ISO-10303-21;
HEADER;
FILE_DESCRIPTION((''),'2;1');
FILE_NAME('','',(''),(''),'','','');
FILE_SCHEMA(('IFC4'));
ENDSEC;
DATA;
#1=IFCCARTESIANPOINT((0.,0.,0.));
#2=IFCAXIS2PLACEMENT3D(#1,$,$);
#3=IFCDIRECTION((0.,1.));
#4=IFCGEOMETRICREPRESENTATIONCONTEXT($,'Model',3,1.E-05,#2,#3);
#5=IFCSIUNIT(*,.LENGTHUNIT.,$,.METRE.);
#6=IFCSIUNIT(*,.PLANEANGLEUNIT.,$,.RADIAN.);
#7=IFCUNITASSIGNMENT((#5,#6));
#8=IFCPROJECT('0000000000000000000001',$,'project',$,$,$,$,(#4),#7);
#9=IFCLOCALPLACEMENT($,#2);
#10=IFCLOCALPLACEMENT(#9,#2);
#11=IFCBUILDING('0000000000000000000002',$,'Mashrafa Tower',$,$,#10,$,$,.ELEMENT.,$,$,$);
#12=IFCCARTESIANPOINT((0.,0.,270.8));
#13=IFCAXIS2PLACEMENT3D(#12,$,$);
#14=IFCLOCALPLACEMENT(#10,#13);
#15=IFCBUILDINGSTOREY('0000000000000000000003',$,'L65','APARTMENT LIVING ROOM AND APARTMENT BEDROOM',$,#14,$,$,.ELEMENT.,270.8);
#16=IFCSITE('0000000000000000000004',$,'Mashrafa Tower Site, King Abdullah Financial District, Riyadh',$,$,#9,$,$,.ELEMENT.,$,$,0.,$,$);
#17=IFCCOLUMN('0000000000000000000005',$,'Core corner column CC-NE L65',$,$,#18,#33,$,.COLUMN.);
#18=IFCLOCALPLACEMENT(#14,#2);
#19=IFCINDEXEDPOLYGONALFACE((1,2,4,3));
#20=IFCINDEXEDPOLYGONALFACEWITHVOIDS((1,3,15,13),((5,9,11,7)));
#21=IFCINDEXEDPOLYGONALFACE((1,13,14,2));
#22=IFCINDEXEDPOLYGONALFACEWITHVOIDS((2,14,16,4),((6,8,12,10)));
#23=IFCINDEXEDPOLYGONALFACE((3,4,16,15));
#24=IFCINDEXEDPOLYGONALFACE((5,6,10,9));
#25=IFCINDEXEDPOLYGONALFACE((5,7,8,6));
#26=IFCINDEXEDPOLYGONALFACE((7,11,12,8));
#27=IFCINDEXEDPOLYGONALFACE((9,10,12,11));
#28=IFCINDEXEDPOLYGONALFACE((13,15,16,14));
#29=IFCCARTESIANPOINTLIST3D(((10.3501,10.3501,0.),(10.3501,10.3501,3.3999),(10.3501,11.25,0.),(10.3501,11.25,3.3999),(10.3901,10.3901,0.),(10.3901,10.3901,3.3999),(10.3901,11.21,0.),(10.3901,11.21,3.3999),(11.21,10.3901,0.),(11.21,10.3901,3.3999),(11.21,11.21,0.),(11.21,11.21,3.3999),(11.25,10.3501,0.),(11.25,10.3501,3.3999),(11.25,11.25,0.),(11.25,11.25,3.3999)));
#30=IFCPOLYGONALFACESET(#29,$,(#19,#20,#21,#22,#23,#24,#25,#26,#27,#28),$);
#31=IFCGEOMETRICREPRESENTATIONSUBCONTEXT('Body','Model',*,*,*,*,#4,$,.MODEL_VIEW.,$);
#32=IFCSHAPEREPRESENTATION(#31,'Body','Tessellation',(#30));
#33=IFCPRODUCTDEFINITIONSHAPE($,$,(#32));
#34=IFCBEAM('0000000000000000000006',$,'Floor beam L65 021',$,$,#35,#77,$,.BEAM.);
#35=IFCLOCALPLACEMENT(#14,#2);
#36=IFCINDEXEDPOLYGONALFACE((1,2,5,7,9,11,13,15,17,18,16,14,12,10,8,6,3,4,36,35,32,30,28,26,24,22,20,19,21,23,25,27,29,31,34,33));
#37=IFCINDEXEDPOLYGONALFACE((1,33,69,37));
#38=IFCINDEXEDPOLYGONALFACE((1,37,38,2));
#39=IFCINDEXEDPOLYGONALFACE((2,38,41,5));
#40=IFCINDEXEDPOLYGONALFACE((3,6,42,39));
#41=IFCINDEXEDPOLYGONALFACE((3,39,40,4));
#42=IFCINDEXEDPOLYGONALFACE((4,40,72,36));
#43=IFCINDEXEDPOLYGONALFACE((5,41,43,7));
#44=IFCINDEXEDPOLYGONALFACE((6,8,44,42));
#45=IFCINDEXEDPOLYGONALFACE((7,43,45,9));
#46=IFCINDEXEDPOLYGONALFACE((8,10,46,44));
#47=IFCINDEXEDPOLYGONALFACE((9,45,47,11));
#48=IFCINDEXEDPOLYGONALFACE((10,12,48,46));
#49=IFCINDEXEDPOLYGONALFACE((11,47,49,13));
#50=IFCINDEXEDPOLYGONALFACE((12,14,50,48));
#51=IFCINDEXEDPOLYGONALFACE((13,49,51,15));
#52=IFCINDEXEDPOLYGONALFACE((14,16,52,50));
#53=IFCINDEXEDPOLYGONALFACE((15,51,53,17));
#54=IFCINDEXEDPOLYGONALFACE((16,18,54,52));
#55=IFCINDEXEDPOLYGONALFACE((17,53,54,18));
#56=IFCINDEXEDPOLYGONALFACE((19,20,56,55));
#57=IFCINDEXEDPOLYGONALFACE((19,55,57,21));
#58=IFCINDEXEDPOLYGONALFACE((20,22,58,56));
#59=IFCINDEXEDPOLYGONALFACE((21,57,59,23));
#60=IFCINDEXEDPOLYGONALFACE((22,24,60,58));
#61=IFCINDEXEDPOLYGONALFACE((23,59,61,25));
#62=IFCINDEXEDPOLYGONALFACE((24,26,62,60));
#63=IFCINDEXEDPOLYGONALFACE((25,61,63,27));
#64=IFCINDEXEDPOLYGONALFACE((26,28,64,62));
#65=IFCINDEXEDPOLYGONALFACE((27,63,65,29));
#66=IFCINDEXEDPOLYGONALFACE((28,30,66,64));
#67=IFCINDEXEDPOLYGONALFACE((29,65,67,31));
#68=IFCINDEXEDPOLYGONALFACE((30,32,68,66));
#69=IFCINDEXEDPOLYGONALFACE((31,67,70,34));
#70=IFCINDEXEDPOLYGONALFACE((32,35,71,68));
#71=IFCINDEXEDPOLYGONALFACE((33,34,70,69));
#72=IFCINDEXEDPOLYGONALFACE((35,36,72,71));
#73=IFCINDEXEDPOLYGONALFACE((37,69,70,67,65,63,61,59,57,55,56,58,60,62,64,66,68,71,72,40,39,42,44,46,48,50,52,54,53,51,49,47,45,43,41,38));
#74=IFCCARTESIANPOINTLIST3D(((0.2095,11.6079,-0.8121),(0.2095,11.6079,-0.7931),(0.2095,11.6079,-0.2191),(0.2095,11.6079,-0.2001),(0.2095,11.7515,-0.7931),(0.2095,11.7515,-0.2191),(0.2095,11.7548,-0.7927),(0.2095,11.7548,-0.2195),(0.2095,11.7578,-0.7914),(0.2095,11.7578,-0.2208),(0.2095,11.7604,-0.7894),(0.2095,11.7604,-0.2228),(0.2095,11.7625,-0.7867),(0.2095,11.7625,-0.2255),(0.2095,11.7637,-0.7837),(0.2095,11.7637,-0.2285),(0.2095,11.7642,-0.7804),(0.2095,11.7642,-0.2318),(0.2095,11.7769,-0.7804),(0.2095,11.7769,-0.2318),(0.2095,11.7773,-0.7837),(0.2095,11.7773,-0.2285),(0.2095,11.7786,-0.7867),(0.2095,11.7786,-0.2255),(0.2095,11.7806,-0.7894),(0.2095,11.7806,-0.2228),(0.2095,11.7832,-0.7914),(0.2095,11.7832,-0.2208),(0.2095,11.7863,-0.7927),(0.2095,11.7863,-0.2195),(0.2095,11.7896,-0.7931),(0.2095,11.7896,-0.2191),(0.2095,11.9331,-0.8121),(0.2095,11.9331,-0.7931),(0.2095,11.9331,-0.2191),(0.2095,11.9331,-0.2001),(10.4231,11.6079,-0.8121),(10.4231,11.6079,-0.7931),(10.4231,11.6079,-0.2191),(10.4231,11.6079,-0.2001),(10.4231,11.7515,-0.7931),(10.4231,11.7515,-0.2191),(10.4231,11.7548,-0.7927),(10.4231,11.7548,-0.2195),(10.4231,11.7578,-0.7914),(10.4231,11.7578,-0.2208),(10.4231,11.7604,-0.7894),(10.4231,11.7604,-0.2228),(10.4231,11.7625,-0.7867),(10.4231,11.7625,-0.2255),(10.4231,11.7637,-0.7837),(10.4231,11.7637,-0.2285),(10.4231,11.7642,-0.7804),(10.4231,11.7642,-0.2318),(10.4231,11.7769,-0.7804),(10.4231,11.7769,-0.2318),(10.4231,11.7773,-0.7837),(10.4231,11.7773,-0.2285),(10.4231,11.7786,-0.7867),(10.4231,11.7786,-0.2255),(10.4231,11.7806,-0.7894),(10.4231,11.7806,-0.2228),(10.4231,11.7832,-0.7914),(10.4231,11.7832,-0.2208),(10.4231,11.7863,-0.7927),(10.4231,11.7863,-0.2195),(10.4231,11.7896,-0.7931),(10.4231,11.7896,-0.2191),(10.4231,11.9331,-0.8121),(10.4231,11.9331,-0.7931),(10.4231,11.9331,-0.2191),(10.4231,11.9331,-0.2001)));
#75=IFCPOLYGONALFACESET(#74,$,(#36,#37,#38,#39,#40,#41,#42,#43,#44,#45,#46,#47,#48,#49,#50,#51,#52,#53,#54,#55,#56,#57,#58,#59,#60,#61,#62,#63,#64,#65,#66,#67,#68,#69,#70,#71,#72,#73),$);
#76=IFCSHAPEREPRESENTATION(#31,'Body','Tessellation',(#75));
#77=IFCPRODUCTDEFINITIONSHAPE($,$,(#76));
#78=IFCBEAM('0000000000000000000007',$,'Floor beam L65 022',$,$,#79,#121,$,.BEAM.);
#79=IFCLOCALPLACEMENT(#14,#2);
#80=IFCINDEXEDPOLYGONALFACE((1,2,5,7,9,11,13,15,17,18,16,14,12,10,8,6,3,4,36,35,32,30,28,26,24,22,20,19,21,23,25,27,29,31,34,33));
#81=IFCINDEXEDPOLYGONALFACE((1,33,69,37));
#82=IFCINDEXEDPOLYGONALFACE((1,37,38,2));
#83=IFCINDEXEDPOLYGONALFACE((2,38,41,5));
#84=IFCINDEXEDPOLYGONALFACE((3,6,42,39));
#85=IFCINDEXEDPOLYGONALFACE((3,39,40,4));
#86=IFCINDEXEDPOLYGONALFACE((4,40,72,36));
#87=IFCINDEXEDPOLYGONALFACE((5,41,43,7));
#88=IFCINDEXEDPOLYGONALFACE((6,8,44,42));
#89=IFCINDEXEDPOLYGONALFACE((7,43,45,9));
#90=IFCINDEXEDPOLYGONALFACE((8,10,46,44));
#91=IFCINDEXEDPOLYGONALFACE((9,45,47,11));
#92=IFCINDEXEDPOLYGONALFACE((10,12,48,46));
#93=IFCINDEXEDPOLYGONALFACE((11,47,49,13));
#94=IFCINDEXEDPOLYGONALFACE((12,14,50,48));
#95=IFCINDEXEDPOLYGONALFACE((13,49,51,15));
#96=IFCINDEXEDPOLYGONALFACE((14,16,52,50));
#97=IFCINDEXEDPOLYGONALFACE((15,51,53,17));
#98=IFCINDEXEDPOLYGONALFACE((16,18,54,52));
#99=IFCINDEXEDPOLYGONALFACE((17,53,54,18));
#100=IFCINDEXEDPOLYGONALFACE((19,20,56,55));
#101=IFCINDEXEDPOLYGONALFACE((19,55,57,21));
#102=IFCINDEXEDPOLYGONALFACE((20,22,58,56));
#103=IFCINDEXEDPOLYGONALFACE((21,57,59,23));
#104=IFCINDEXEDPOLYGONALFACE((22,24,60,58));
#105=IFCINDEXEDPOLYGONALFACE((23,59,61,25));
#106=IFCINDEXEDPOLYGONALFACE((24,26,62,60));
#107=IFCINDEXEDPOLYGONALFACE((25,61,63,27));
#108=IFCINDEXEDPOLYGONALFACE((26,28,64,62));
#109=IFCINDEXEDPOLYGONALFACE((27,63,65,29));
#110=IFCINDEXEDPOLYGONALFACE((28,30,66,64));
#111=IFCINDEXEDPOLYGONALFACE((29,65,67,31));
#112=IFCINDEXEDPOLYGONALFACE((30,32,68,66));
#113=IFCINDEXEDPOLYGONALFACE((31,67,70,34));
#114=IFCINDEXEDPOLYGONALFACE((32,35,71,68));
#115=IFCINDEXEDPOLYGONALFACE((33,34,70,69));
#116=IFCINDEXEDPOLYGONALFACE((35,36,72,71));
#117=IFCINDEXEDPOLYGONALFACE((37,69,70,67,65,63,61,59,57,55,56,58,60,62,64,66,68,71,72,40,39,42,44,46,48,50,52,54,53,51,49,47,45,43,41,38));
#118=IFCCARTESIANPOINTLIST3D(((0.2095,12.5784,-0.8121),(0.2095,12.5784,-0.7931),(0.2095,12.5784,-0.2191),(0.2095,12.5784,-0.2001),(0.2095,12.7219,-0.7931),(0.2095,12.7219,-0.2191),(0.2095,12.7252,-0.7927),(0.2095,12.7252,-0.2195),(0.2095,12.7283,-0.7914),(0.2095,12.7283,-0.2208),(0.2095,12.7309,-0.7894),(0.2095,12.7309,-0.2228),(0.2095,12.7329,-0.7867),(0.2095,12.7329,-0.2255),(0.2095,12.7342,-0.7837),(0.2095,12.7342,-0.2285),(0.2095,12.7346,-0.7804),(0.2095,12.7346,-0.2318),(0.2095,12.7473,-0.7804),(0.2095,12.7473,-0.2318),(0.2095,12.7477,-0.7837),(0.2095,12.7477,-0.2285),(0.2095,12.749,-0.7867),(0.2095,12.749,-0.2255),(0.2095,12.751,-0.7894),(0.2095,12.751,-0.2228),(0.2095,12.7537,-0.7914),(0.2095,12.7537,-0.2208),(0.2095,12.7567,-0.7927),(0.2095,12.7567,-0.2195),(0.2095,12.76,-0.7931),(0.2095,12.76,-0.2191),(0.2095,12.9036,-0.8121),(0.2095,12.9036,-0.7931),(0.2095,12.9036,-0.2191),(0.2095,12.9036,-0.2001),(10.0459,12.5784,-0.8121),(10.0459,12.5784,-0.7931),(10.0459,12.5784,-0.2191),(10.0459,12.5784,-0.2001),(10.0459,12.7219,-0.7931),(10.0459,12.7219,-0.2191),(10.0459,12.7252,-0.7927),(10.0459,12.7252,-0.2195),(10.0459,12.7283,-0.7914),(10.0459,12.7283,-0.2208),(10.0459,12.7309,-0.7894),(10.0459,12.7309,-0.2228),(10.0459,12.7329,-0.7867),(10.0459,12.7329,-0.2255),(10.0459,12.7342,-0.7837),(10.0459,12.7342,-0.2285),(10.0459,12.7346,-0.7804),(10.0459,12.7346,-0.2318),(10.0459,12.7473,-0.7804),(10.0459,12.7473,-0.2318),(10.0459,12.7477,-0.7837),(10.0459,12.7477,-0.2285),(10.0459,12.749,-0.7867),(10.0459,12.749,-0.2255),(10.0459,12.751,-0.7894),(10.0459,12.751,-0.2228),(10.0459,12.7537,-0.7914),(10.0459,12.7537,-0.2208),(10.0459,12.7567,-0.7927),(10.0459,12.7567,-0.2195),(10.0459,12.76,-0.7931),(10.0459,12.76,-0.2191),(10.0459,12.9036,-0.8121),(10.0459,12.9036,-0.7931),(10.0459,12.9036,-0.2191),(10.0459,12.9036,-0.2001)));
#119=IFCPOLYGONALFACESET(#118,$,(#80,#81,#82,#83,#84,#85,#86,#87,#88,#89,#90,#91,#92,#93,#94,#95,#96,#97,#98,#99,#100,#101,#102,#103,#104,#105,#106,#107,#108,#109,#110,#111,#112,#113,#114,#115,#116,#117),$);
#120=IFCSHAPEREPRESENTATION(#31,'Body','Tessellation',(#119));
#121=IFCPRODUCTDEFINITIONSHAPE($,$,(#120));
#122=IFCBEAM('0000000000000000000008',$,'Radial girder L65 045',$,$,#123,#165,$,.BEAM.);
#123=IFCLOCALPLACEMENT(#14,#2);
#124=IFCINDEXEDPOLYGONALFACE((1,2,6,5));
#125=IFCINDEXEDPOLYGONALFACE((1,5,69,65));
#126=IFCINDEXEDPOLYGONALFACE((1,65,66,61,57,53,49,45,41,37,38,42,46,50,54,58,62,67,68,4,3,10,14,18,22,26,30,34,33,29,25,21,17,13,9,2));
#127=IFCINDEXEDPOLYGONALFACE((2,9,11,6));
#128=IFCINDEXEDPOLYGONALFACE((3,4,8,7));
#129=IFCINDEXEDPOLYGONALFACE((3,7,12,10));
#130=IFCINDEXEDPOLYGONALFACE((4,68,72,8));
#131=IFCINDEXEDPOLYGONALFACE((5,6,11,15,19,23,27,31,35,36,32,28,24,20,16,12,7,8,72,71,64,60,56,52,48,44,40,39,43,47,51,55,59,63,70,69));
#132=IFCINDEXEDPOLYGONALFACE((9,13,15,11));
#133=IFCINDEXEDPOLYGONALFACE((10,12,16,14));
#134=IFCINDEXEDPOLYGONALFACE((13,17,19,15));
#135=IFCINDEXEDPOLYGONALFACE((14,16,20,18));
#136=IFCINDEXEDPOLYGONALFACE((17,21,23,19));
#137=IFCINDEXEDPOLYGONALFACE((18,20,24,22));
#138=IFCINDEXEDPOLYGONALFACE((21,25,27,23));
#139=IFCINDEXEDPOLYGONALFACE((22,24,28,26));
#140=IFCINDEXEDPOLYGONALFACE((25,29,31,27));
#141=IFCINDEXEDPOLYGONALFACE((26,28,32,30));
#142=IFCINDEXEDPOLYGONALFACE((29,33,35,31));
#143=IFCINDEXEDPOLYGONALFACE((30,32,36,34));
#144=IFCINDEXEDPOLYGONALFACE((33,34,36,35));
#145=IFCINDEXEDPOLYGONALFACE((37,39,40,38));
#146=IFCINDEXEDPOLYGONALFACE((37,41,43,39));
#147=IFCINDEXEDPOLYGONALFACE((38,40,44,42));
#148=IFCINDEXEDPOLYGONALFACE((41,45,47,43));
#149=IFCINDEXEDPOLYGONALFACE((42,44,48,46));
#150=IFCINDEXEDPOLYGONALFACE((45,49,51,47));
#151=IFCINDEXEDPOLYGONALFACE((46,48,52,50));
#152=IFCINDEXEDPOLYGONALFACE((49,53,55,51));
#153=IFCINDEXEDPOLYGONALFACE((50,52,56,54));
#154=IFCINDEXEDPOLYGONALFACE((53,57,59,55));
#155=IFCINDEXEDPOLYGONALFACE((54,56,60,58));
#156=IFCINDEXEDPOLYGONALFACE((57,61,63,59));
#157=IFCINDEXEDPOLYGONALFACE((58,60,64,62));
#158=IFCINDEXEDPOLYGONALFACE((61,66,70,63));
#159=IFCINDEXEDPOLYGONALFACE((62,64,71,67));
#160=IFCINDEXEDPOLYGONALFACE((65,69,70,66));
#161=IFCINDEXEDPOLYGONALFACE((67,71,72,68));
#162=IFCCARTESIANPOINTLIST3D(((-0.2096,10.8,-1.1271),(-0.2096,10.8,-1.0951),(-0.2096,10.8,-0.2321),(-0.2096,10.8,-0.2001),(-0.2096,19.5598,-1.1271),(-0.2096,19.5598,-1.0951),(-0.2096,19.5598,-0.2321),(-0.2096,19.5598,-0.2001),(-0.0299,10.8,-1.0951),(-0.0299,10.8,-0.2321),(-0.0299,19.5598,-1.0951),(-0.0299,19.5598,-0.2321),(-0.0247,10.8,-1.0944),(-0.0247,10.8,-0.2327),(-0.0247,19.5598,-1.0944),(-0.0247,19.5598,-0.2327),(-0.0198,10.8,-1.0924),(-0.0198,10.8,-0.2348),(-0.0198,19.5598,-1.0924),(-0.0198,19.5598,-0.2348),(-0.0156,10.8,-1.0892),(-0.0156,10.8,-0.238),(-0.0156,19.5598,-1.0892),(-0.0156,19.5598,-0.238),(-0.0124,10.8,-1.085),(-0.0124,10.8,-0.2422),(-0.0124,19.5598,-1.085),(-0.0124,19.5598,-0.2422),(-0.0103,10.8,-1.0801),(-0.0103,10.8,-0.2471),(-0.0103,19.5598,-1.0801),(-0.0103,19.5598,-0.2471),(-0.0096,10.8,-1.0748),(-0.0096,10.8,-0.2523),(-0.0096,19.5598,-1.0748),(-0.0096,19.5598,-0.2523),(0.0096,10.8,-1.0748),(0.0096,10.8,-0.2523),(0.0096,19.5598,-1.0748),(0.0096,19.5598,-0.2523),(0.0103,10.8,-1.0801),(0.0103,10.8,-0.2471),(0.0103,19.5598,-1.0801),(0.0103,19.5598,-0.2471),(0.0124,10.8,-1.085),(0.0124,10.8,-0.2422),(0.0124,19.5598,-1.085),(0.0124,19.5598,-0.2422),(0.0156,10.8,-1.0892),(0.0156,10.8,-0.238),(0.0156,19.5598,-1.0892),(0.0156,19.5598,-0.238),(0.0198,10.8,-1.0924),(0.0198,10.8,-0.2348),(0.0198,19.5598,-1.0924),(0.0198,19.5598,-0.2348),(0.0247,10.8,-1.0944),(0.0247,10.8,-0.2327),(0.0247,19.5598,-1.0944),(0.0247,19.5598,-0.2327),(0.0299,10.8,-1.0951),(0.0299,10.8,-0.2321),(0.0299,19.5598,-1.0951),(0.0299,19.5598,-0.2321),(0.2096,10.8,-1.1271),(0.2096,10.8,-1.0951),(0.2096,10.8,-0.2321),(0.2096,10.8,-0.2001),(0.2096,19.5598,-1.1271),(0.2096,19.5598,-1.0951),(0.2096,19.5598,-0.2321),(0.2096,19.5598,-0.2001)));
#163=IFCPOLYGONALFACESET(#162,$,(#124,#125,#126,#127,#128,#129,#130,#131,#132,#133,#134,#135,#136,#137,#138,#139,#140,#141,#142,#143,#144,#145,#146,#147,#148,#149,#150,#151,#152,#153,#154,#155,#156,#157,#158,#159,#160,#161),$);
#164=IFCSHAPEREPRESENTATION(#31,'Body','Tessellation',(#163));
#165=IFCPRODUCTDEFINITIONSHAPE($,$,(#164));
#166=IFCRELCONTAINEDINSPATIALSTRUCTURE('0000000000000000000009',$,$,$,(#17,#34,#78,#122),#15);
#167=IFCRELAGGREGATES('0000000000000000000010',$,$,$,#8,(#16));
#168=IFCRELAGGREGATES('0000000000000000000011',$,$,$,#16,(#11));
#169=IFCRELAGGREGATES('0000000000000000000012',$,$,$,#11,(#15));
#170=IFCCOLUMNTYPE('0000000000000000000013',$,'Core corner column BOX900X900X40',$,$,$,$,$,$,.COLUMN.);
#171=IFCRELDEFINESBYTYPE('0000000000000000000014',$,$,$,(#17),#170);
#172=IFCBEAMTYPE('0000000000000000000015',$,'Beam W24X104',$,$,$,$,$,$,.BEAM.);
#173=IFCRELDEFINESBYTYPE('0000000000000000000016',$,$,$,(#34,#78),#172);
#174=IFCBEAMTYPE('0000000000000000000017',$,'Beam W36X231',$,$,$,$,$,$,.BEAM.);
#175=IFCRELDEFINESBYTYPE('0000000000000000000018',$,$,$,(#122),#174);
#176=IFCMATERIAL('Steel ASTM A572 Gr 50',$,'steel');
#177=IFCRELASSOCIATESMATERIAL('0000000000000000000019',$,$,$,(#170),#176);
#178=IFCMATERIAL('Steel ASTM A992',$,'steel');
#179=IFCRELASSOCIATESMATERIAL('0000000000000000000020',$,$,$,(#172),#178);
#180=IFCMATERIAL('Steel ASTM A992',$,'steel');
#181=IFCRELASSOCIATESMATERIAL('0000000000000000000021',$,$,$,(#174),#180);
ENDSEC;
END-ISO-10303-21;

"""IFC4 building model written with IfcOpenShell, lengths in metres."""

from ifc_helpers import new_model, si_unit, direction, frame, origin, origin_2d, place, context, subcontext, project, spatial, hollow_rectangle, i_section, extrude, material, material_profile, profile_set, type_object, element, save


model = new_model("IFC4")

# Units and contexts
model_context = context("Model", 3, precision=1e-05, world=origin(), true_north=direction((0.0, 1.0)))
body_context = subcontext(model_context, "Body", "Model", "MODEL_VIEW")
ifc_project = project(units=[si_unit("LENGTHUNIT", "METRE"), si_unit("PLANEANGLEUNIT", "RADIAN")], contexts=[model_context])

# Site, building, storey
site_placement = place(None, origin())
site = spatial("IfcSite", under=ifc_project, at=site_placement, Name="Mashrafa Tower Site, King Abdullah Financial District, Riyadh", CompositionType="ELEMENT", RefElevation=0.0)
building_placement = place(site_placement, origin())
building = spatial("IfcBuilding", under=site, at=building_placement, Name="Mashrafa Tower", CompositionType="ELEMENT")
storey_placement = place(building_placement, frame((0.0, 0.0, 270.8)))
storey = spatial("IfcBuildingStorey", under=building, at=storey_placement, Name="L65", Description="APARTMENT LIVING ROOM AND APARTMENT BEDROOM", CompositionType="ELEMENT", Elevation=270.8)

# Column
ifc_material_1 = material(Name="Steel ASTM A572 Gr 50", Category="steel")
ifc_material_profile_1 = material_profile(ifc_material_1, hollow_rectangle(XDim=0.8999, YDim=0.8999, WallThickness=0.04, at=origin_2d()), Name="BOX900X900X40")
ifc_profile_set_1 = profile_set([ifc_material_profile_1], Name="Steel ASTM A572 Gr 50")
column_type = type_object("IfcColumnType", Name="Core corner column BOX900X900X40", PredefinedType="COLUMN", material=ifc_profile_set_1)
column_placement = place(storey_placement, frame((10.8, 10.8, 0.0), z_axis=(0.0, 0.0, 1.0), x_axis=(1.0, 0.0, 0.0)))
element("IfcColumn", 1, at=column_placement, inside=storey, type_object=column_type, Name="Core corner column CC-NE L65", PredefinedType="COLUMN", context=body_context, shape_type="SweptSolid", body=[
    extrude(hollow_rectangle(XDim=0.8999, YDim=0.8999, WallThickness=0.04, at=origin_2d()), origin(), (0.0, 0.0, 1.0), 3.3999),
])

# Beams
ifc_material_2 = material(Name="Steel ASTM A992", Category="steel")
ifc_material_profile_2 = material_profile(ifc_material_2, i_section(OverallWidth=0.3252, OverallDepth=0.6121, WebThickness=0.0127, FlangeThickness=0.019, FilletRadius=0.0127, at=origin_2d()), Name="W24X104")
ifc_profile_set_2 = profile_set([ifc_material_profile_2], Name="Steel ASTM A992")
beam_type_1 = type_object("IfcBeamType", Name="Beam W24X104", PredefinedType="BEAM", material=ifc_profile_set_2)
beam_1_placement = place(storey_placement, frame((0.2095, 11.7705, -0.5061), z_axis=(1.0, 0.0, 0.0), x_axis=(0.0, 1.0, 0.0)))
element("IfcBeam", 2, at=beam_1_placement, inside=storey, type_object=beam_type_1, Name="Floor beam L65 021", PredefinedType="BEAM", context=body_context, shape_type="SweptSolid", body=[
    extrude(i_section(OverallWidth=0.3252, OverallDepth=0.6121, WebThickness=0.0127, FlangeThickness=0.019, FilletRadius=0.0127, at=origin_2d()), origin(), (0.0, 0.0, 1.0), 10.2136),
])
beam_2_placement = place(storey_placement, frame((0.2095, 12.741, -0.5061), z_axis=(1.0, 0.0, 0.0), x_axis=(0.0, 1.0, 0.0)))
element("IfcBeam", 3, at=beam_2_placement, inside=storey, type_object=beam_type_1, Name="Floor beam L65 022", PredefinedType="BEAM", context=body_context, shape_type="SweptSolid", body=[
    extrude(i_section(OverallWidth=0.3252, OverallDepth=0.6121, WebThickness=0.0127, FlangeThickness=0.019, FilletRadius=0.0127, at=origin_2d()), origin(), (0.0, 0.0, 1.0), 9.8364),
])
ifc_material_3 = material(Name="Steel ASTM A992", Category="steel")
ifc_material_profile_3 = material_profile(ifc_material_3, i_section(OverallWidth=0.4192, OverallDepth=0.927, WebThickness=0.0193, FlangeThickness=0.032, FilletRadius=0.0203, at=origin_2d()), Name="W36X231")
ifc_profile_set_3 = profile_set([ifc_material_profile_3], Name="Steel ASTM A992")
beam_type_2 = type_object("IfcBeamType", Name="Beam W36X231", PredefinedType="BEAM", material=ifc_profile_set_3)
for number, where, z_axis, x_axis, name in (
    (4, (0.0, 10.8, -0.6636), (0.0, 1.0, 0.0), (-1.0, 0.0, 0.0), "Radial girder L65 045"),
):
    element("IfcBeam", number, at=place(storey_placement, frame(where, z_axis=z_axis, x_axis=x_axis)), inside=storey, type_object=beam_type_2, Name=name, PredefinedType="BEAM", context=body_context, shape_type="SweptSolid", body=[
        extrude(i_section(OverallWidth=0.4192, OverallDepth=0.927, WebThickness=0.0193, FlangeThickness=0.032, FilletRadius=0.0203, at=origin_2d()), origin(), (0.0, 0.0, 1.0), 8.7598),
    ])

save(model, "model.ifc")
